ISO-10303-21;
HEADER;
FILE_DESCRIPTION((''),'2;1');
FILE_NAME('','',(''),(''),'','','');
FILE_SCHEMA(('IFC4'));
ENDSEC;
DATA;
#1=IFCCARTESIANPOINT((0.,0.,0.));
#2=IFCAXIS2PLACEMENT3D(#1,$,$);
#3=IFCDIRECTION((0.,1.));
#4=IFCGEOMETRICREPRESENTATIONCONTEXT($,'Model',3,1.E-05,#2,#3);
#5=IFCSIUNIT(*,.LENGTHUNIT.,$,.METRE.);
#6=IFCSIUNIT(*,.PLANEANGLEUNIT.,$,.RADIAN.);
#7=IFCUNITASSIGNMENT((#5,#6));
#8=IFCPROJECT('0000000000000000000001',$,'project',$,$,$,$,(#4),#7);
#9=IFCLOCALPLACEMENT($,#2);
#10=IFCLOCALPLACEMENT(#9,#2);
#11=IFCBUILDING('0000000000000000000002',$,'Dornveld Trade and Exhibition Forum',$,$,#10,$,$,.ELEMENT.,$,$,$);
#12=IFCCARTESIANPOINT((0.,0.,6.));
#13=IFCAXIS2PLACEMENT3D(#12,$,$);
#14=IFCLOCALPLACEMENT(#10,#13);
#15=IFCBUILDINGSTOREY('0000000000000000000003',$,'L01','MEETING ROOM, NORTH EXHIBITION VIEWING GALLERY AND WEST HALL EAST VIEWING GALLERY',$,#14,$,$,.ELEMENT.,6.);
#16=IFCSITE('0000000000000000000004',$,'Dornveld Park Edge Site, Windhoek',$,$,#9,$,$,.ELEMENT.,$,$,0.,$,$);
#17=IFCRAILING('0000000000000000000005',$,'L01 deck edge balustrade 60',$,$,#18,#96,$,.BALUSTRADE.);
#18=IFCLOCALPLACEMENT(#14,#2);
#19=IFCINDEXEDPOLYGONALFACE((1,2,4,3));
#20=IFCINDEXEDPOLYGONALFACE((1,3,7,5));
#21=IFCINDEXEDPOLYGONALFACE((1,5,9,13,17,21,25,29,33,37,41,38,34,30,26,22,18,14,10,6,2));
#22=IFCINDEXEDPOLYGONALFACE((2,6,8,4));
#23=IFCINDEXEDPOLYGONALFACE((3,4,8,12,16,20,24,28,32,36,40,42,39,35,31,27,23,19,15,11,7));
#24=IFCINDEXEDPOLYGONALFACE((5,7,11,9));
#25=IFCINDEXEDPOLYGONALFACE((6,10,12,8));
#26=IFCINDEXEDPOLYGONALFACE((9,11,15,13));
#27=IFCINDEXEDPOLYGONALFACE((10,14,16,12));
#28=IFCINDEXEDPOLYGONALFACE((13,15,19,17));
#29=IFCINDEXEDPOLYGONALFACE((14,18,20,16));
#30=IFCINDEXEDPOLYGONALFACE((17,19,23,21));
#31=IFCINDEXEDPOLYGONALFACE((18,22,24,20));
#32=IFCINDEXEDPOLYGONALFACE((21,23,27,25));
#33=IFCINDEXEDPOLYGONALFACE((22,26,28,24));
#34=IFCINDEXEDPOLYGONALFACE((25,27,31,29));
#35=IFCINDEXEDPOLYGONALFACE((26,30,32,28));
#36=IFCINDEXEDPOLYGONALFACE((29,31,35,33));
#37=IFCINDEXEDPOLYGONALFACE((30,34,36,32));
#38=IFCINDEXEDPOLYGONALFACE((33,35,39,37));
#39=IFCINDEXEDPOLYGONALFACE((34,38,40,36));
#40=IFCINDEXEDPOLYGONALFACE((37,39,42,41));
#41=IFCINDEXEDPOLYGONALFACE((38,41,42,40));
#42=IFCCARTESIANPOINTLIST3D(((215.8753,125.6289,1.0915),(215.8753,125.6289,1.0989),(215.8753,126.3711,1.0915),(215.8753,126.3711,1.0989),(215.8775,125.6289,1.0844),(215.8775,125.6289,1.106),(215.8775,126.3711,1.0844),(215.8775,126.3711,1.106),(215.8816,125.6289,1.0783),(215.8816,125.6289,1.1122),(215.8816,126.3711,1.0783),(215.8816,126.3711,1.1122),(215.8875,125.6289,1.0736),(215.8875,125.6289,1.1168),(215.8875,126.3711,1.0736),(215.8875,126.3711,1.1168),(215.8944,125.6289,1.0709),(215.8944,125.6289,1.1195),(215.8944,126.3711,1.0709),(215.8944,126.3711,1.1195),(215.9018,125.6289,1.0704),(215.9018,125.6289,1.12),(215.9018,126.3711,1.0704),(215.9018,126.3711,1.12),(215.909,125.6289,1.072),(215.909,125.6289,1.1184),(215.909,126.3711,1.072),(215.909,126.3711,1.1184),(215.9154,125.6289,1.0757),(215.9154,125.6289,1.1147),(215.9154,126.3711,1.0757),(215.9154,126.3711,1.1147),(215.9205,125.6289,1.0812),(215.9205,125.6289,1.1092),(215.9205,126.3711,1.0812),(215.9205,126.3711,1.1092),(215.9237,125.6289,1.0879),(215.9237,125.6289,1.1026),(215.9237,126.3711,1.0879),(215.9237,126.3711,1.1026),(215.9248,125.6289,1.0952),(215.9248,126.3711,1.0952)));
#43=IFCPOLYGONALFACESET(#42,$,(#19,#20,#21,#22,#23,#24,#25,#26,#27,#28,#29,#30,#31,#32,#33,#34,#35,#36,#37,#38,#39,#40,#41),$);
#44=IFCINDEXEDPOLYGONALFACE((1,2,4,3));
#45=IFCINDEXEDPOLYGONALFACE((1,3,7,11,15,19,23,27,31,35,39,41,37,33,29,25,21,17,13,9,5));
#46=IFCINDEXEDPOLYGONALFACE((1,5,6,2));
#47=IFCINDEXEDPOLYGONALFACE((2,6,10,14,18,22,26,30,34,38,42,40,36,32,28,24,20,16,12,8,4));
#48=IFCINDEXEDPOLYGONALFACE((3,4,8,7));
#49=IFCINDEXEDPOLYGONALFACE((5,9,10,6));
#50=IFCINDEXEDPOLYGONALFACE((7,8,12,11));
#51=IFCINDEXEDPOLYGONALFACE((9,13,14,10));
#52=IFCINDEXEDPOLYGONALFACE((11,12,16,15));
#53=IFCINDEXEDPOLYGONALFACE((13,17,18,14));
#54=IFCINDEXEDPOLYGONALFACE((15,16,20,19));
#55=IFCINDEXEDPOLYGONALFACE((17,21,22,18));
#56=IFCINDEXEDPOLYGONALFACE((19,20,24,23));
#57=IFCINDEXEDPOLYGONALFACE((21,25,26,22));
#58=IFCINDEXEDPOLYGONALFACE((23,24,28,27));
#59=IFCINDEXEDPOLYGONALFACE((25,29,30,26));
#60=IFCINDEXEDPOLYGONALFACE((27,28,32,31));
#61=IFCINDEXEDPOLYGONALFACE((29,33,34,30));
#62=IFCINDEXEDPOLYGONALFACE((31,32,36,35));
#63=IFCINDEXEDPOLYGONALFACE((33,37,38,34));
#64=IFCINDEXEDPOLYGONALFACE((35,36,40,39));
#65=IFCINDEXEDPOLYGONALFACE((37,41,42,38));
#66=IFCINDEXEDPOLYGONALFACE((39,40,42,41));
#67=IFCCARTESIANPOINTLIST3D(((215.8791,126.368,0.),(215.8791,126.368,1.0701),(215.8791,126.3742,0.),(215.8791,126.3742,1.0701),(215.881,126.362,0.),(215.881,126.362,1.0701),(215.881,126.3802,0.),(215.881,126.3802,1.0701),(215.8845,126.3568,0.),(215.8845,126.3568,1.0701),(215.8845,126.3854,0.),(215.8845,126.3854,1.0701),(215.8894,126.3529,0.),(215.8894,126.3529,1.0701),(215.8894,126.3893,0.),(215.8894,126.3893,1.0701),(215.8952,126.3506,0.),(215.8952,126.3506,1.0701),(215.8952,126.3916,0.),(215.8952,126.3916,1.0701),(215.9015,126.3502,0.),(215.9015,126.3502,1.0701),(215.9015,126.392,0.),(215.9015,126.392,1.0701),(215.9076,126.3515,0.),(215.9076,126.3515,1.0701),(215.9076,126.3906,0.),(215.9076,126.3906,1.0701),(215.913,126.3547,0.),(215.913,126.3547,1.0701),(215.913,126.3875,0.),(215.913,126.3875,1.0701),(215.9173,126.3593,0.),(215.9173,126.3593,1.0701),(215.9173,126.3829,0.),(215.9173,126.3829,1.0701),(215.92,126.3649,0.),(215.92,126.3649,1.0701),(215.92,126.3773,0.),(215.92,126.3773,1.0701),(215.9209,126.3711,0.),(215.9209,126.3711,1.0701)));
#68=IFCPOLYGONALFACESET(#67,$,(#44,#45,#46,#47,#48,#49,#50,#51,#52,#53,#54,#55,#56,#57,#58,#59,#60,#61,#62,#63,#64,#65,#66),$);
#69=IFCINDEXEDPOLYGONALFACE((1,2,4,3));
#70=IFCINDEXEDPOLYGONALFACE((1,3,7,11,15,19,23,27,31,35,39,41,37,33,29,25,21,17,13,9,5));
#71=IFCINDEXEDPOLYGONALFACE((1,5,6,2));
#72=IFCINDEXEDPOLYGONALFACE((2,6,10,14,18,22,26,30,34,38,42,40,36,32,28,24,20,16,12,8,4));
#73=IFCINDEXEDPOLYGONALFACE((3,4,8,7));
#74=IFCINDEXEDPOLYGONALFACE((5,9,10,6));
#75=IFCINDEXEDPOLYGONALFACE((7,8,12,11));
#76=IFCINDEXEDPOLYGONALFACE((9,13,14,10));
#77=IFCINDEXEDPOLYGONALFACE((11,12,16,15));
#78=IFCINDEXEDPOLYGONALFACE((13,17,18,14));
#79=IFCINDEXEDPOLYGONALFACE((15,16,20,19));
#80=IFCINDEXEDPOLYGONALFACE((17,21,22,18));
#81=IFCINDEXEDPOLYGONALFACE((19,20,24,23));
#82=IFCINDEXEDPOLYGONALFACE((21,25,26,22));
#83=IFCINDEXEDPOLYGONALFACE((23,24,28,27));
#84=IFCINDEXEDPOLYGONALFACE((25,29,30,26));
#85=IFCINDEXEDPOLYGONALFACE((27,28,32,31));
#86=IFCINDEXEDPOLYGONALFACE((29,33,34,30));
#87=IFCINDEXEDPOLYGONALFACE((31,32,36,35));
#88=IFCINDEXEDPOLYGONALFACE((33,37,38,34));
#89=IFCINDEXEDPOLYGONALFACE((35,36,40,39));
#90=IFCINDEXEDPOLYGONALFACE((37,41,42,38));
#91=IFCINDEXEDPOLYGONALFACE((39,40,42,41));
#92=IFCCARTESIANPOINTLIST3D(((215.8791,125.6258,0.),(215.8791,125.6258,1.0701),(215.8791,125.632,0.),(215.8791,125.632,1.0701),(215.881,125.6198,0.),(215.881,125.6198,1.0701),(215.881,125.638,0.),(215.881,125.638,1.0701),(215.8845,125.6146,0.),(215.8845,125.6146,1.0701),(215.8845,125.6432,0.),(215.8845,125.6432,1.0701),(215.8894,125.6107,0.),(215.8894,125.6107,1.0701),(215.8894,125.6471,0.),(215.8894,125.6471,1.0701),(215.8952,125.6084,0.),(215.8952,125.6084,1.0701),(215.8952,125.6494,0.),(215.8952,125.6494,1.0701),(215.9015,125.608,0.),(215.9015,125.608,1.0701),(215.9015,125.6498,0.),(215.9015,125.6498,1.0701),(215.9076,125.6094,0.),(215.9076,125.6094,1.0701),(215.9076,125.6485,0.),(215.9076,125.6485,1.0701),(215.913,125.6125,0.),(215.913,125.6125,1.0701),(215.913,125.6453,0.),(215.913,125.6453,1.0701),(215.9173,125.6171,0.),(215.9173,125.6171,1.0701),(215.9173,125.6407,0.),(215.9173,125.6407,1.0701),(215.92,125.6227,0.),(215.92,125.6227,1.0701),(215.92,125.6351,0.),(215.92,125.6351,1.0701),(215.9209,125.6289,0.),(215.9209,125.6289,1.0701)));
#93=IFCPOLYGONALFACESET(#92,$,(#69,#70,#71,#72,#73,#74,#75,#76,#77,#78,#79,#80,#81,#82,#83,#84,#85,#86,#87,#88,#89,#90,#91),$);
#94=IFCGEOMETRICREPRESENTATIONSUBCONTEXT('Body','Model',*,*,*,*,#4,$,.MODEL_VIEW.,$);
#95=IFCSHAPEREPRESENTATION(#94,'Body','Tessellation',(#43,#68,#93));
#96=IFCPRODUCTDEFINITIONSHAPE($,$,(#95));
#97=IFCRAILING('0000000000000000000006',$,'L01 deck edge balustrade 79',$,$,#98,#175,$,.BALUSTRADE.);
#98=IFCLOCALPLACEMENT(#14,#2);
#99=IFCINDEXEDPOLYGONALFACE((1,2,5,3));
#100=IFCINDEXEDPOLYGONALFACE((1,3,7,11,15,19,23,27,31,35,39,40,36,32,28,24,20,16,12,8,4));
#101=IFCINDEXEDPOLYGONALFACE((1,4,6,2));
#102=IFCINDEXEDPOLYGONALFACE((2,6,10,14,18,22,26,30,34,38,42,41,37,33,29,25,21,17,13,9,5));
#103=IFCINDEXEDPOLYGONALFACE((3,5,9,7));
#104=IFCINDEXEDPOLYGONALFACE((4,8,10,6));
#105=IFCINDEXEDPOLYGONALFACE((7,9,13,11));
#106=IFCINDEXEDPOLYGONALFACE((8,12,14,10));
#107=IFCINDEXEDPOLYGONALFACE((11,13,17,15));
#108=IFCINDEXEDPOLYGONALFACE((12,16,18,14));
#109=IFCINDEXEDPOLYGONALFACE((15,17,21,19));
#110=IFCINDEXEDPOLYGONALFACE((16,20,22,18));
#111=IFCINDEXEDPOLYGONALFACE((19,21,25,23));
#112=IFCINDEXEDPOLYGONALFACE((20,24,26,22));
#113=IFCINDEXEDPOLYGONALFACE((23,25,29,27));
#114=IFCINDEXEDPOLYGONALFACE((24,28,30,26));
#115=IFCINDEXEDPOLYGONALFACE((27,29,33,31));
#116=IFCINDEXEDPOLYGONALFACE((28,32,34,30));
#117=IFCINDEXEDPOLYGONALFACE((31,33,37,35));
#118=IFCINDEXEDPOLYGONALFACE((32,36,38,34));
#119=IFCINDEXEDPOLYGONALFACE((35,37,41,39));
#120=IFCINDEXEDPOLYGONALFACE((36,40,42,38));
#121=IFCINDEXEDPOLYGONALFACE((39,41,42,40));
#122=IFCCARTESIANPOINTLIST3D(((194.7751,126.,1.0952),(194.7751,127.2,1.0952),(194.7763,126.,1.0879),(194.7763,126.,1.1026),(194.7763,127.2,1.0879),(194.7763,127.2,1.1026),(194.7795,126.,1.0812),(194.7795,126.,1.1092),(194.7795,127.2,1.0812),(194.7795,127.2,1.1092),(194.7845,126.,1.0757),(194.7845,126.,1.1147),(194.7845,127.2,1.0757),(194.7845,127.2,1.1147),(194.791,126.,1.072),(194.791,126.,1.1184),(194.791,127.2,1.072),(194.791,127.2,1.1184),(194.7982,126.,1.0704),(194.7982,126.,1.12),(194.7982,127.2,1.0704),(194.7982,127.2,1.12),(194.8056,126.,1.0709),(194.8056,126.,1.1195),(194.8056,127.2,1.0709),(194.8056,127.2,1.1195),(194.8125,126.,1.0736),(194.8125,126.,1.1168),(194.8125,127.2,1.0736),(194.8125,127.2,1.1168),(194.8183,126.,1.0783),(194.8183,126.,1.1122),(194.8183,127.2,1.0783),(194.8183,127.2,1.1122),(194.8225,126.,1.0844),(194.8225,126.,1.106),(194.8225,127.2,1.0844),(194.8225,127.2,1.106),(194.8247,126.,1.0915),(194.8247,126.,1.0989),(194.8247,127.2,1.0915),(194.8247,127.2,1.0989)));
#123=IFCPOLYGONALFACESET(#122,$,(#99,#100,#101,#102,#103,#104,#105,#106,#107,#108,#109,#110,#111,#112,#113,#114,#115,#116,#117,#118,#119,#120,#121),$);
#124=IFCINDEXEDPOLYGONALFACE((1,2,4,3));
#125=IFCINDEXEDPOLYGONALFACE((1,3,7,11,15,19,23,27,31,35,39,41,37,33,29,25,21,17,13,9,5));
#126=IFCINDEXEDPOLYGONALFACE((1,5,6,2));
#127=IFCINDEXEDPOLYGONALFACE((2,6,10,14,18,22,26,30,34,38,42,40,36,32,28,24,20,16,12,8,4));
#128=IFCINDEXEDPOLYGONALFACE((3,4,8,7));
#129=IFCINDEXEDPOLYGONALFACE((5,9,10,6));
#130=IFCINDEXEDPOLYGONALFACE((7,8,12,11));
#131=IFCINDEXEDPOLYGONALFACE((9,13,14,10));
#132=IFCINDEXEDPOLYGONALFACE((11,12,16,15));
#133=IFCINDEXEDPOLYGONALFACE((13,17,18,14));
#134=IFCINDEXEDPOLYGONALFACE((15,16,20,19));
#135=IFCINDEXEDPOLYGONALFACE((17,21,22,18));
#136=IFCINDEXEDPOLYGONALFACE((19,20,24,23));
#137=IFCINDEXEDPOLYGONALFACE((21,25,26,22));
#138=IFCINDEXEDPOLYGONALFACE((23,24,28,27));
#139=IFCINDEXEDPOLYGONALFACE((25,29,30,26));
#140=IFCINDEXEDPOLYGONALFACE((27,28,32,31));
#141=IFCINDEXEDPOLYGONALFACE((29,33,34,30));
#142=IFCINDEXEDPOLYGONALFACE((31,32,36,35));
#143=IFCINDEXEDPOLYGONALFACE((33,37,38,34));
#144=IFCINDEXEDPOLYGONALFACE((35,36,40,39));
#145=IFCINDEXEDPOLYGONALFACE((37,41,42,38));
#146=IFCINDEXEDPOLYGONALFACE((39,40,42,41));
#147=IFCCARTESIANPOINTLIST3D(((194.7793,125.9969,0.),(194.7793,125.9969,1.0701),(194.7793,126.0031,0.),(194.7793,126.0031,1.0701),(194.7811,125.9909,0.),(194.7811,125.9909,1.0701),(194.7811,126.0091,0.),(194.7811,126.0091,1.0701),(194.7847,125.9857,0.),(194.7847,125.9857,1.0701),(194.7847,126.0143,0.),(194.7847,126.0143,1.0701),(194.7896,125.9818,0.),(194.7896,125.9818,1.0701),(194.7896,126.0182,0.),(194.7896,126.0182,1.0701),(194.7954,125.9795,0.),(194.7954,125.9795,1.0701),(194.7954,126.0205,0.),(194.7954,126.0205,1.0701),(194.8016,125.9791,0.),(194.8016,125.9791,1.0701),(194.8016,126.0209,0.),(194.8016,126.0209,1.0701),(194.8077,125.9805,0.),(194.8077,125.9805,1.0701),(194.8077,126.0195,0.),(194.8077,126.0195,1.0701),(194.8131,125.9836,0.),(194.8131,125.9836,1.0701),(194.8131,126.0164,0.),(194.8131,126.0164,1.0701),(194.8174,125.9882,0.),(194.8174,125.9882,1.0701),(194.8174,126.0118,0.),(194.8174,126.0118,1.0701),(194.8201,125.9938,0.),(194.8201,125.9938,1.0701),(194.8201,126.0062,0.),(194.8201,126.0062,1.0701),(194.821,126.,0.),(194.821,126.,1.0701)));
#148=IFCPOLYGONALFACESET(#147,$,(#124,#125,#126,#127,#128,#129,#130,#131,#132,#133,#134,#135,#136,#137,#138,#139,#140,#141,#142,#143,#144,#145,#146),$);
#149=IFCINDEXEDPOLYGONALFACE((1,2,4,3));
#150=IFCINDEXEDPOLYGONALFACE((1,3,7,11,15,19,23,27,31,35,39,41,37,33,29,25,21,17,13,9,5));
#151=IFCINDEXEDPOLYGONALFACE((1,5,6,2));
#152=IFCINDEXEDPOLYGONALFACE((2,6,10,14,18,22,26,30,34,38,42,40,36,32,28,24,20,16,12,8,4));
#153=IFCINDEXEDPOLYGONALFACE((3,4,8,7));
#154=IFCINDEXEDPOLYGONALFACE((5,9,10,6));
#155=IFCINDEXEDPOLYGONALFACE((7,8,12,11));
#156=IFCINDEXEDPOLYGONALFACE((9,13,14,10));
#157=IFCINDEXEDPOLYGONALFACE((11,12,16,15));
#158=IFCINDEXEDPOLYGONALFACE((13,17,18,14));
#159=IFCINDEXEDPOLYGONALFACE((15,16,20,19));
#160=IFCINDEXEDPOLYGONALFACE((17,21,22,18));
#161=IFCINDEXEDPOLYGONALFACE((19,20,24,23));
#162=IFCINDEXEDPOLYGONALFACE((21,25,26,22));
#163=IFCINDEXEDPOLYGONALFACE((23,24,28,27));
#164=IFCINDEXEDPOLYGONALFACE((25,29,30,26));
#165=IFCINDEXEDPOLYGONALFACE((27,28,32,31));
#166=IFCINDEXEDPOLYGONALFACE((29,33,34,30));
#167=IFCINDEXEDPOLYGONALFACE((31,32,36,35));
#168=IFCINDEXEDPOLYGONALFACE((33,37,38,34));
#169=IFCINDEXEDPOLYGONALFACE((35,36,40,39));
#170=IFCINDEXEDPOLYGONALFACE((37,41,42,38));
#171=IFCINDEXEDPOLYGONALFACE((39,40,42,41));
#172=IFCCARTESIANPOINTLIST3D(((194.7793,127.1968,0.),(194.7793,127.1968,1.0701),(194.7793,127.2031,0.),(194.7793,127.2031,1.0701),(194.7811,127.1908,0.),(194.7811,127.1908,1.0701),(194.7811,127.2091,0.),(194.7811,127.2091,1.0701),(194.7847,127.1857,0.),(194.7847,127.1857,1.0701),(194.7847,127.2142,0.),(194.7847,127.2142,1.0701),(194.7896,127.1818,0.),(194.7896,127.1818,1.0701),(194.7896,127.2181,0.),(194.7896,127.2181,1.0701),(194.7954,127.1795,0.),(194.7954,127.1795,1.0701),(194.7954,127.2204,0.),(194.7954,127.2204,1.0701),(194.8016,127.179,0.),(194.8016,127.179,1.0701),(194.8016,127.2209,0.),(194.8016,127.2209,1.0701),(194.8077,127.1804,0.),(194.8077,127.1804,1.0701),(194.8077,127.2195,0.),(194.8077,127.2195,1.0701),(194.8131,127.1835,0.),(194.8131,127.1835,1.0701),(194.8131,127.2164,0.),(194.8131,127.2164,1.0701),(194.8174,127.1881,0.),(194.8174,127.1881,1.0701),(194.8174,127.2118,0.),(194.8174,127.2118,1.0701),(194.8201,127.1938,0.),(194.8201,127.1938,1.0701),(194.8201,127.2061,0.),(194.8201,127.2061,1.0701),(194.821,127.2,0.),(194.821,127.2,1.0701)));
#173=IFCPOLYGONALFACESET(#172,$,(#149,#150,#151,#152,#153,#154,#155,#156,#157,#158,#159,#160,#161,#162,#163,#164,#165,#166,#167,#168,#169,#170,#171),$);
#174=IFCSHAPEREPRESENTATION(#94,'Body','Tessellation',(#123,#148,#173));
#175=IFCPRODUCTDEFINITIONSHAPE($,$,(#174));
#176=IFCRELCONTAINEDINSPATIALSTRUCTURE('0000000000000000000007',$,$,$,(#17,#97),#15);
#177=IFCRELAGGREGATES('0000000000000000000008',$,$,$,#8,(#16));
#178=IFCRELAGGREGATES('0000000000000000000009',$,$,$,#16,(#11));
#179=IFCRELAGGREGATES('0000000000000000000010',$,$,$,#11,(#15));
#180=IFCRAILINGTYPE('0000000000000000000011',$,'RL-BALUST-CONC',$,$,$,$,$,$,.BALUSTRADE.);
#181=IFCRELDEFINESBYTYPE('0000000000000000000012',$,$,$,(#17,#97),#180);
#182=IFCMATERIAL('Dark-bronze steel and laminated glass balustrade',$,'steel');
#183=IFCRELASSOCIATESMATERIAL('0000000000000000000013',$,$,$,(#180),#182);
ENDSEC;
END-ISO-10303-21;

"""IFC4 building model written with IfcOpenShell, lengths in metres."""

from ifc_helpers import new_model, si_unit, direction, frame, origin, origin_2d, place, context, subcontext, project, spatial, circle, extrude, material, type_object, element, save


model = new_model("IFC4")

# Units and contexts
model_context = context("Model", 3, precision=1e-05, world=origin(), true_north=direction((0.0, 1.0)))
body_context = subcontext(model_context, "Body", "Model", "MODEL_VIEW")
ifc_project = project(units=[si_unit("LENGTHUNIT", "METRE"), si_unit("PLANEANGLEUNIT", "RADIAN")], contexts=[model_context])

# Site, building, storey
site_placement = place(None, origin())
site = spatial("IfcSite", under=ifc_project, at=site_placement, Name="Dornveld Park Edge Site, Windhoek", CompositionType="ELEMENT", RefElevation=0.0)
building_placement = place(site_placement, origin())
building = spatial("IfcBuilding", under=site, at=building_placement, Name="Dornveld Trade and Exhibition Forum", CompositionType="ELEMENT")
storey_placement = place(building_placement, frame((0.0, 0.0, 6.0)))
storey = spatial("IfcBuildingStorey", under=building, at=storey_placement, Name="L01", Description="MEETING ROOM, NORTH EXHIBITION VIEWING GALLERY AND WEST HALL EAST VIEWING GALLERY", CompositionType="ELEMENT", Elevation=6.0)

# Railings
ifc_material_1 = material(Name="Dark-bronze steel and laminated glass balustrade", Category="steel")
railing_type = type_object("IfcRailingType", Name="RL-BALUST-CONC", PredefinedType="BALUSTRADE", material=ifc_material_1)
for number, where, name in (
    (1, (215.8999, 126.3711, 0.0), "L01 deck edge balustrade 60"),
):
    element("IfcRailing", number, at=place(storey_placement, frame(where)), inside=storey, type_object=railing_type, Name=name, PredefinedType="BALUSTRADE", context=body_context, shape_type="SweptSolid", body=[
        extrude(circle(Radius=0.0249, at=origin_2d()), frame((0.0, 0.0, 1.0952), z_axis=(0.0, -1.0, 0.0), x_axis=(1.0, 0.0, 0.0)), (0.0, 0.0, 1.0), 0.7422),
        extrude(circle(Radius=0.021, at=origin_2d()), origin(), (0.0, 0.0, 1.0), 1.0701),
        extrude(circle(Radius=0.021, at=origin_2d()), frame((0.0, -0.7422, 0.0)), (0.0, 0.0, 1.0), 1.0701),
    ])
railing_1_placement = place(storey_placement, frame((194.8, 126.0, 0.0)))
element("IfcRailing", 2, at=railing_1_placement, inside=storey, type_object=railing_type, Name="L01 deck edge balustrade 79", PredefinedType="BALUSTRADE", context=body_context, shape_type="SweptSolid", body=[
    extrude(circle(Radius=0.0249, at=origin_2d()), frame((0.0, 0.0, 1.0952), z_axis=(0.0, 1.0, 0.0), x_axis=(-1.0, 0.0, 0.0)), (0.0, 0.0, 1.0), 1.2),
    extrude(circle(Radius=0.021, at=origin_2d()), origin(), (0.0, 0.0, 1.0), 1.0701),
    extrude(circle(Radius=0.021, at=origin_2d()), frame((0.0, 1.2, 0.0)), (0.0, 0.0, 1.0), 1.0701),
])

save(model, "model.ifc")
